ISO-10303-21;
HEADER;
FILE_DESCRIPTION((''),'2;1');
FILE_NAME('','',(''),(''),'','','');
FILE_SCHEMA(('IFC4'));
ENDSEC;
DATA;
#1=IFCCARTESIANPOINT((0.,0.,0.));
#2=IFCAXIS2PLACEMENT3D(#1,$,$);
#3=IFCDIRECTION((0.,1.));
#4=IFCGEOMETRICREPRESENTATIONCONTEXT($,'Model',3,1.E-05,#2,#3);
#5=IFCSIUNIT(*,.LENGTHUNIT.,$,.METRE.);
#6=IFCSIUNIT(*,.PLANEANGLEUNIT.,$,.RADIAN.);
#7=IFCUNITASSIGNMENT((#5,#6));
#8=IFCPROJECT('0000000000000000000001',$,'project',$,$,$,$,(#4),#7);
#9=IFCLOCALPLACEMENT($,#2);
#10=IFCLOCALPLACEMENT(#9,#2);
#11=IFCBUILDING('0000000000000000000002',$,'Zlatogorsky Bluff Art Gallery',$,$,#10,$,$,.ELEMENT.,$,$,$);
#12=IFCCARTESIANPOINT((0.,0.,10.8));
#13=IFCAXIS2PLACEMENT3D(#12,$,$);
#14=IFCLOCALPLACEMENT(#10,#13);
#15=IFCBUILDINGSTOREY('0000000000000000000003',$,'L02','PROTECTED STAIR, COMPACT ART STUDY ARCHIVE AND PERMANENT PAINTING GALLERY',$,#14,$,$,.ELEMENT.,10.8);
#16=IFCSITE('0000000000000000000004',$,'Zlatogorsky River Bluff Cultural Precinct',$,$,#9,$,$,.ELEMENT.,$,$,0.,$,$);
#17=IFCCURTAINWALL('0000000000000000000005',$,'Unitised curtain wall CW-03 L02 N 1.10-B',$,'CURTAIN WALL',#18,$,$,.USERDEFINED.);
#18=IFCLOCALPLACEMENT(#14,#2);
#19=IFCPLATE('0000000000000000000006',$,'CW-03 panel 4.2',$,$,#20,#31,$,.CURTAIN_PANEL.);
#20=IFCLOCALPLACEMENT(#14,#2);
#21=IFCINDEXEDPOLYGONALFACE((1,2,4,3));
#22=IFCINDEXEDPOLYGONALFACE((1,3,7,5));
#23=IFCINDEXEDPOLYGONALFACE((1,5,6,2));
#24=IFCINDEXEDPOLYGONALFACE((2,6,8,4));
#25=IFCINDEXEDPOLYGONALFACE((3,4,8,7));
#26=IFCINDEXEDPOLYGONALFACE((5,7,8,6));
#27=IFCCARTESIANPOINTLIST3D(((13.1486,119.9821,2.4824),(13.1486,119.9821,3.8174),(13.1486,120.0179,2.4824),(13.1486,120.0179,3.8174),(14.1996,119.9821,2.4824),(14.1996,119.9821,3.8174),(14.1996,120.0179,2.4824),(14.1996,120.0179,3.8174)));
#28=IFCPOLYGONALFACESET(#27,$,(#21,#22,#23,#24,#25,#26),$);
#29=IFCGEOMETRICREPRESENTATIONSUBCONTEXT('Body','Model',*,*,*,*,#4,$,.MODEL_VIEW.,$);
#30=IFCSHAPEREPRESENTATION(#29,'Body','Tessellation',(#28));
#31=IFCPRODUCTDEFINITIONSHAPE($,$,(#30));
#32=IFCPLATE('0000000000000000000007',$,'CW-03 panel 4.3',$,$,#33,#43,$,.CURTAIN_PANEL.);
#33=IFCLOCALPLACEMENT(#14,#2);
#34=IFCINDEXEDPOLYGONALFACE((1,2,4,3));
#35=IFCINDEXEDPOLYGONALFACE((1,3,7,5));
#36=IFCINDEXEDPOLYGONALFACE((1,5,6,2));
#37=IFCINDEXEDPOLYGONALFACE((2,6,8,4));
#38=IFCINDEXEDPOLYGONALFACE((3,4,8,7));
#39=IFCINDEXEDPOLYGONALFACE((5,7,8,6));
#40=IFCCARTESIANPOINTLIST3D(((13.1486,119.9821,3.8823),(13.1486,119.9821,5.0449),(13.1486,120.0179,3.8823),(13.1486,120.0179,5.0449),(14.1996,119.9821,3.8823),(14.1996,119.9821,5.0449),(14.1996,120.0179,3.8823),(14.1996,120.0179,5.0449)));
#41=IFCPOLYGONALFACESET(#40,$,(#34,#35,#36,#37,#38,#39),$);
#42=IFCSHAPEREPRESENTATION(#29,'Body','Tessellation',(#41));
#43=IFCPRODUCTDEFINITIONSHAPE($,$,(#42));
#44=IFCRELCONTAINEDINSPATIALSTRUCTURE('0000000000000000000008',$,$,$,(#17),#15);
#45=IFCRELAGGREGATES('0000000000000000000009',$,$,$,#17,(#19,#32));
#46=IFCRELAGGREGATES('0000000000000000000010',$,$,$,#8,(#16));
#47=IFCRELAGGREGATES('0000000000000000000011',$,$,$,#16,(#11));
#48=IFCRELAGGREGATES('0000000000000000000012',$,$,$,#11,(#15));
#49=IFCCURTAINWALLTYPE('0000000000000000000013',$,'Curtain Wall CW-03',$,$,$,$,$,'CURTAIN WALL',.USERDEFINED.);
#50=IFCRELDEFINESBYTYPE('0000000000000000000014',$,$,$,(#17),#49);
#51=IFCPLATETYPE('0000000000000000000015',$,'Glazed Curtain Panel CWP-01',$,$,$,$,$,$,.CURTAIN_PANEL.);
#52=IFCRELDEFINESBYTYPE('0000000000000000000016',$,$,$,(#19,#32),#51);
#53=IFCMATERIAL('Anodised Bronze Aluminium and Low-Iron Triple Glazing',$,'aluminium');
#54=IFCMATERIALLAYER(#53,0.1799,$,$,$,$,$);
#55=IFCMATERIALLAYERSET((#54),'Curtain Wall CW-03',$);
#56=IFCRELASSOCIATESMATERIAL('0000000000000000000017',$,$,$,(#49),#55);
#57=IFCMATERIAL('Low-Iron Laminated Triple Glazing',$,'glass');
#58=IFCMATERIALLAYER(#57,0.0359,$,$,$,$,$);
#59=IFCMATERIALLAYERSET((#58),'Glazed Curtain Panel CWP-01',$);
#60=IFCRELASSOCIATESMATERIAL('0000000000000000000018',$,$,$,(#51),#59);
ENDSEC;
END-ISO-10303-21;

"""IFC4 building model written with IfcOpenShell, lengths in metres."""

from ifc_helpers import new_model, si_unit, direction, frame, origin, origin_2d, place, context, subcontext, project, spatial, rectangle, extrude, material, layer, layer_set, type_object, element, aggregate, save


model = new_model("IFC4")

# Units and contexts
model_context = context("Model", 3, precision=1e-05, world=origin(), true_north=direction((0.0, 1.0)))
body_context = subcontext(model_context, "Body", "Model", "MODEL_VIEW")
ifc_project = project(units=[si_unit("LENGTHUNIT", "METRE"), si_unit("PLANEANGLEUNIT", "RADIAN")], contexts=[model_context])

# Site, building, storey
site_placement = place(None, origin())
site = spatial("IfcSite", under=ifc_project, at=site_placement, Name="Zlatogorsky River Bluff Cultural Precinct", CompositionType="ELEMENT", RefElevation=0.0)
building_placement = place(site_placement, origin())
building = spatial("IfcBuilding", under=site, at=building_placement, Name="Zlatogorsky Bluff Art Gallery", CompositionType="ELEMENT")
storey_placement = place(building_placement, frame((0.0, 0.0, 10.8)))
storey = spatial("IfcBuildingStorey", under=building, at=storey_placement, Name="L02", Description="PROTECTED STAIR, COMPACT ART STUDY ARCHIVE AND PERMANENT PAINTING GALLERY", CompositionType="ELEMENT", Elevation=10.8)

# Curtain wall, plates
ifc_material_1 = material(Name="Anodised Bronze Aluminium and Low-Iron Triple Glazing", Category="aluminium")
ifc_layer_1 = layer(ifc_material_1, 0.1799)
ifc_layer_set_1 = layer_set([ifc_layer_1], Name="Curtain Wall CW-03")
curtain_wall_type = type_object("IfcCurtainWallType", Name="Curtain Wall CW-03", ElementType="CURTAIN WALL", PredefinedType="USERDEFINED", material=ifc_layer_set_1)
curtain_wall_placement = place(storey_placement, origin())
curtain_wall = element("IfcCurtainWall", 1, at=curtain_wall_placement, inside=storey, type_object=curtain_wall_type, Name="Unitised curtain wall CW-03 L02 N 1.10-B", ObjectType="CURTAIN WALL", PredefinedType="USERDEFINED")
ifc_material_2 = material(Name="Low-Iron Laminated Triple Glazing", Category="glass")
ifc_layer_2 = layer(ifc_material_2, 0.0359)
ifc_layer_set_2 = layer_set([ifc_layer_2], Name="Glazed Curtain Panel CWP-01")
plate_type = type_object("IfcPlateType", Name="Glazed Curtain Panel CWP-01", PredefinedType="CURTAIN_PANEL", material=ifc_layer_set_2)
plate_1_placement = place(storey_placement, frame((13.6741, 120.0, 2.4824), z_axis=(0.0, 0.0, 1.0), x_axis=(-1.0, 0.0, 0.0)))
plate_1 = element("IfcPlate", 2, at=plate_1_placement, type_object=plate_type, Name="CW-03 panel 4.2", PredefinedType="CURTAIN_PANEL", context=body_context, shape_type="SweptSolid", body=[
    extrude(rectangle(XDim=1.051, YDim=0.0359, at=origin_2d()), origin(), (0.0, 0.0, 1.0), 1.335),
])
plate_2_placement = place(storey_placement, frame((13.6741, 120.0, 3.8823), z_axis=(0.0, 0.0, 1.0), x_axis=(-1.0, 0.0, 0.0)))
plate_2 = element("IfcPlate", 3, at=plate_2_placement, type_object=plate_type, Name="CW-03 panel 4.3", PredefinedType="CURTAIN_PANEL", context=body_context, shape_type="SweptSolid", body=[
    extrude(rectangle(XDim=1.051, YDim=0.0359, at=origin_2d()), origin(), (0.0, 0.0, 1.0), 1.1626),
])
aggregate(curtain_wall, [plate_1, plate_2])

save(model, "model.ifc")
